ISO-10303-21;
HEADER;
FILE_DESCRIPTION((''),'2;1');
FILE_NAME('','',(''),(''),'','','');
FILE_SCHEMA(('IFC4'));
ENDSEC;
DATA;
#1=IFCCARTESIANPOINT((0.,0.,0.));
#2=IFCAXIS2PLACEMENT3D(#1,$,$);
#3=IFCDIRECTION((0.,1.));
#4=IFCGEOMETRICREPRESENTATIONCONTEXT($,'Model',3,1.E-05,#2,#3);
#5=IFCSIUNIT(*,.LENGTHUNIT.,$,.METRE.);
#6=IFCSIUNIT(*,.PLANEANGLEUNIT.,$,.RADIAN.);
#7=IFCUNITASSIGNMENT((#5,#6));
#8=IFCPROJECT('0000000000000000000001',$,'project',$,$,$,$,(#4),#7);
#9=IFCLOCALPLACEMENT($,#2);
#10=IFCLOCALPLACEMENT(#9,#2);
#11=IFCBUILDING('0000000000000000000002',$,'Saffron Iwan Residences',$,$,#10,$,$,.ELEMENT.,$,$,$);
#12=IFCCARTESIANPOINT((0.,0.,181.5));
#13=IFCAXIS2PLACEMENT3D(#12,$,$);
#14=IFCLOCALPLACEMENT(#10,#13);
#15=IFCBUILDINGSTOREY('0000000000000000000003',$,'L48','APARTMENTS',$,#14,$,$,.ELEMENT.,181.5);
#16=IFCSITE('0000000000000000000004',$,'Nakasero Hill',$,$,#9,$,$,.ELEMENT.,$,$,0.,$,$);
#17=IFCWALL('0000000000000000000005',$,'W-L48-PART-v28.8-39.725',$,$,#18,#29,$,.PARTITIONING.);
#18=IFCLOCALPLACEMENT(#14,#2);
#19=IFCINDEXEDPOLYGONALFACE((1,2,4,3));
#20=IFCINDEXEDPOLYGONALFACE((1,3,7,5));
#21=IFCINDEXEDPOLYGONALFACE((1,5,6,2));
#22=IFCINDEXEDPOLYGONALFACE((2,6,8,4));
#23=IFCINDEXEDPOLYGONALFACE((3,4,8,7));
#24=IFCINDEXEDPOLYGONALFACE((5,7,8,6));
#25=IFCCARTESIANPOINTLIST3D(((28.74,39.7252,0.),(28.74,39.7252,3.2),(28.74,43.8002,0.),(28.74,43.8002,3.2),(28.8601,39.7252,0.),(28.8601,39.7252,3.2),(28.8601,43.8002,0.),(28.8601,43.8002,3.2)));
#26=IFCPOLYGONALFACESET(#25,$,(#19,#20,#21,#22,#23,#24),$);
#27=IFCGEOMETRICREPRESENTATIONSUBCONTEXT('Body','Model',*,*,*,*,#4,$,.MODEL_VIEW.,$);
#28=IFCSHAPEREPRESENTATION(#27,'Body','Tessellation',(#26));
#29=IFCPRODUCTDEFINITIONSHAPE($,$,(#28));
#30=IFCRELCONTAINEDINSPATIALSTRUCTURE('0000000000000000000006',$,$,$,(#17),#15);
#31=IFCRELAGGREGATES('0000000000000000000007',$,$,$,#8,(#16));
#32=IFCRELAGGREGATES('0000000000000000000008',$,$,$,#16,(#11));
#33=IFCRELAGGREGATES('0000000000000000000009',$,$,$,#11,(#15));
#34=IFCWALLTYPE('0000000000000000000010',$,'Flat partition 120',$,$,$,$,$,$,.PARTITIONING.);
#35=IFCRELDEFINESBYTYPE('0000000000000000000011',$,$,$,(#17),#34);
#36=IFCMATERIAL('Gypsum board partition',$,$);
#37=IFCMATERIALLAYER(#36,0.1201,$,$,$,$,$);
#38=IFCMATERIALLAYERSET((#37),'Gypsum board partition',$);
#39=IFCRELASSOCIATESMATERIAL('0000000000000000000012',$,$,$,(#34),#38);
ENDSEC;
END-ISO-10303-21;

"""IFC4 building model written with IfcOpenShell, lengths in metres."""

from ifc_helpers import new_model, si_unit, direction, frame, frame_2d, origin, place, context, subcontext, project, spatial, rectangle, extrude, material, layer, layer_set, type_object, element, save


model = new_model("IFC4")

# Units and contexts
model_context = context("Model", 3, precision=1e-05, world=origin(), true_north=direction((0.0, 1.0)))
body_context = subcontext(model_context, "Body", "Model", "MODEL_VIEW")
ifc_project = project(units=[si_unit("LENGTHUNIT", "METRE"), si_unit("PLANEANGLEUNIT", "RADIAN")], contexts=[model_context])

# Site, building, storey
site_placement = place(None, origin())
site = spatial("IfcSite", under=ifc_project, at=site_placement, Name="Nakasero Hill", CompositionType="ELEMENT", RefElevation=0.0)
building_placement = place(site_placement, origin())
building = spatial("IfcBuilding", under=site, at=building_placement, Name="Saffron Iwan Residences", CompositionType="ELEMENT")
storey_placement = place(building_placement, frame((0.0, 0.0, 181.5)))
storey = spatial("IfcBuildingStorey", under=building, at=storey_placement, Name="L48", Description="APARTMENTS", CompositionType="ELEMENT", Elevation=181.5)

# Shared definitions
ifc_material_1 = material(Name="Gypsum board partition")
ifc_layer_1 = layer(ifc_material_1, 0.1201)
ifc_layer_set_1 = layer_set([ifc_layer_1], Name="Gypsum board partition")
wall_type_1 = type_object("IfcWallType", Name="Flat partition 120", PredefinedType="PARTITIONING", material=ifc_layer_set_1)

# Wall
wall_1_placement = place(storey_placement, frame((28.8, 39.7251, 0.0), z_axis=(0.0, 0.0, 1.0), x_axis=(0.0, 1.0, 0.0)))
element("IfcWall", 1, at=wall_1_placement, inside=storey, type_object=wall_type_1, Name="W-L48-PART-v28.8-39.725", PredefinedType="PARTITIONING", context=body_context, shape_type="SweptSolid", body=[
    extrude(rectangle(XDim=4.075, YDim=0.1201, at=frame_2d((2.0376, 0.0))), origin(), (0.0, 0.0, 1.0), 3.2),
])

save(model, "model.ifc")
